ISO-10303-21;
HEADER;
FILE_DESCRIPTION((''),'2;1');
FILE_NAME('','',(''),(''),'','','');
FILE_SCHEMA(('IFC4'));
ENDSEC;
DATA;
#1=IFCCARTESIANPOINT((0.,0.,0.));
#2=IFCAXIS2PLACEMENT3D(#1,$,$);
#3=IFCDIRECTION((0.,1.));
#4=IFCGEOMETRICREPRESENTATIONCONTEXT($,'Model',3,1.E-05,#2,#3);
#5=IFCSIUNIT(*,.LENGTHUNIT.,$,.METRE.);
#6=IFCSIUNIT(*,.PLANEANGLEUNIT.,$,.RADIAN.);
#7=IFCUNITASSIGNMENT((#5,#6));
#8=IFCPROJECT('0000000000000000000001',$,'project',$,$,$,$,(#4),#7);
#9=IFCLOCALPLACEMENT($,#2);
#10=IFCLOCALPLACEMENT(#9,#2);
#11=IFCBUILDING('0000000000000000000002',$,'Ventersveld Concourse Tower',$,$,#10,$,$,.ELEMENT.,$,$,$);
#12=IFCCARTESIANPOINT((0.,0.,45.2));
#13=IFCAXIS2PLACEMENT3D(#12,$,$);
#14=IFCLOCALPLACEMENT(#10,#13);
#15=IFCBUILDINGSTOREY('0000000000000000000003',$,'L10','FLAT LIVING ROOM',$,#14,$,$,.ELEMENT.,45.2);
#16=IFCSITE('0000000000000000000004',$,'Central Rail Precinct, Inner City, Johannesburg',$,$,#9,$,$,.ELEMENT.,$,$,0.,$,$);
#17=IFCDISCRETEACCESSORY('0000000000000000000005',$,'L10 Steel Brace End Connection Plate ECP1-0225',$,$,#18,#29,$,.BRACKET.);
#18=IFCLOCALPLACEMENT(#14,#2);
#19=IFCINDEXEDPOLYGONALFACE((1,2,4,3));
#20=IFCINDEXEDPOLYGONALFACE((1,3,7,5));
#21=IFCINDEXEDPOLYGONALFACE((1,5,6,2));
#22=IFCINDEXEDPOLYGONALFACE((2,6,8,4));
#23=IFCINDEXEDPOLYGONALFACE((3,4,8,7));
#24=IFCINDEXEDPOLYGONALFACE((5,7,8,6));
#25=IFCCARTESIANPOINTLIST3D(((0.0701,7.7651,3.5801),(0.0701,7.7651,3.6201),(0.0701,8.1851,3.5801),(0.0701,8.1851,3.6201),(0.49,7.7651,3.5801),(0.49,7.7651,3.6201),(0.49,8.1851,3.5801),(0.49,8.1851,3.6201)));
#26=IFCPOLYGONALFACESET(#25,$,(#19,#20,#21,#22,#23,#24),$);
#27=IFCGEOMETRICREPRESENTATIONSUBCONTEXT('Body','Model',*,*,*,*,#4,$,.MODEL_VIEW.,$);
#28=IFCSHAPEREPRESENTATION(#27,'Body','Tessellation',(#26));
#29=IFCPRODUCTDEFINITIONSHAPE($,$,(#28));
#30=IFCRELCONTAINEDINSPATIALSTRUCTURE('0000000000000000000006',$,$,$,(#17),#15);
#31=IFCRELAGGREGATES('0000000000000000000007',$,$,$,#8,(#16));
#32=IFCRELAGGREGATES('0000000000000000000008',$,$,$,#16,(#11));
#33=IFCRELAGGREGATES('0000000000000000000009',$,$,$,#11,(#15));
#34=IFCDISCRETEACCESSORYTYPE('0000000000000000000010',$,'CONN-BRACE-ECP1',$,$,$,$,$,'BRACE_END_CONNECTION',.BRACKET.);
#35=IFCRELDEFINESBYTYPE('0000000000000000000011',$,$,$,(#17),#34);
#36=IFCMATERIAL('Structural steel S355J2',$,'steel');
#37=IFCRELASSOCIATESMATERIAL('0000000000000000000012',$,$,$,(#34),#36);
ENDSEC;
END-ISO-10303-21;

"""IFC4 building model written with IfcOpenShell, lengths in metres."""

from ifc_helpers import new_model, si_unit, direction, frame, origin, origin_2d, place, context, subcontext, project, spatial, rectangle, extrude, material, type_object, element, save


model = new_model("IFC4")

# Units and contexts
model_context = context("Model", 3, precision=1e-05, world=origin(), true_north=direction((0.0, 1.0)))
body_context = subcontext(model_context, "Body", "Model", "MODEL_VIEW")
ifc_project = project(units=[si_unit("LENGTHUNIT", "METRE"), si_unit("PLANEANGLEUNIT", "RADIAN")], contexts=[model_context])

# Site, building, storey
site_placement = place(None, origin())
site = spatial("IfcSite", under=ifc_project, at=site_placement, Name="Central Rail Precinct, Inner City, Johannesburg", CompositionType="ELEMENT", RefElevation=0.0)
building_placement = place(site_placement, origin())
building = spatial("IfcBuilding", under=site, at=building_placement, Name="Ventersveld Concourse Tower", CompositionType="ELEMENT")
storey_placement = place(building_placement, frame((0.0, 0.0, 45.2)))
storey = spatial("IfcBuildingStorey", under=building, at=storey_placement, Name="L10", Description="FLAT LIVING ROOM", CompositionType="ELEMENT", Elevation=45.2)

# Shared definitions
ifc_material_1 = material(Name="Structural steel S355J2", Category="steel")

# Discrete accessory
discrete_accessory_type = type_object("IfcDiscreteAccessoryType", Name="CONN-BRACE-ECP1", ElementType="BRACE_END_CONNECTION", PredefinedType="BRACKET", material=ifc_material_1)
discrete_accessory_placement = place(storey_placement, frame((0.28, 7.9751, 3.5801), z_axis=(0.0, 0.0, 1.0), x_axis=(1.0, 0.0, 0.0)))
element("IfcDiscreteAccessory", 1, at=discrete_accessory_placement, inside=storey, type_object=discrete_accessory_type, Name="L10 Steel Brace End Connection Plate ECP1-0225", PredefinedType="BRACKET", context=body_context, shape_type="SweptSolid", body=[
    extrude(rectangle(XDim=0.4199, YDim=0.4199, at=origin_2d()), origin(), (0.0, 0.0, 1.0), 0.04),
])

save(model, "model.ifc")
